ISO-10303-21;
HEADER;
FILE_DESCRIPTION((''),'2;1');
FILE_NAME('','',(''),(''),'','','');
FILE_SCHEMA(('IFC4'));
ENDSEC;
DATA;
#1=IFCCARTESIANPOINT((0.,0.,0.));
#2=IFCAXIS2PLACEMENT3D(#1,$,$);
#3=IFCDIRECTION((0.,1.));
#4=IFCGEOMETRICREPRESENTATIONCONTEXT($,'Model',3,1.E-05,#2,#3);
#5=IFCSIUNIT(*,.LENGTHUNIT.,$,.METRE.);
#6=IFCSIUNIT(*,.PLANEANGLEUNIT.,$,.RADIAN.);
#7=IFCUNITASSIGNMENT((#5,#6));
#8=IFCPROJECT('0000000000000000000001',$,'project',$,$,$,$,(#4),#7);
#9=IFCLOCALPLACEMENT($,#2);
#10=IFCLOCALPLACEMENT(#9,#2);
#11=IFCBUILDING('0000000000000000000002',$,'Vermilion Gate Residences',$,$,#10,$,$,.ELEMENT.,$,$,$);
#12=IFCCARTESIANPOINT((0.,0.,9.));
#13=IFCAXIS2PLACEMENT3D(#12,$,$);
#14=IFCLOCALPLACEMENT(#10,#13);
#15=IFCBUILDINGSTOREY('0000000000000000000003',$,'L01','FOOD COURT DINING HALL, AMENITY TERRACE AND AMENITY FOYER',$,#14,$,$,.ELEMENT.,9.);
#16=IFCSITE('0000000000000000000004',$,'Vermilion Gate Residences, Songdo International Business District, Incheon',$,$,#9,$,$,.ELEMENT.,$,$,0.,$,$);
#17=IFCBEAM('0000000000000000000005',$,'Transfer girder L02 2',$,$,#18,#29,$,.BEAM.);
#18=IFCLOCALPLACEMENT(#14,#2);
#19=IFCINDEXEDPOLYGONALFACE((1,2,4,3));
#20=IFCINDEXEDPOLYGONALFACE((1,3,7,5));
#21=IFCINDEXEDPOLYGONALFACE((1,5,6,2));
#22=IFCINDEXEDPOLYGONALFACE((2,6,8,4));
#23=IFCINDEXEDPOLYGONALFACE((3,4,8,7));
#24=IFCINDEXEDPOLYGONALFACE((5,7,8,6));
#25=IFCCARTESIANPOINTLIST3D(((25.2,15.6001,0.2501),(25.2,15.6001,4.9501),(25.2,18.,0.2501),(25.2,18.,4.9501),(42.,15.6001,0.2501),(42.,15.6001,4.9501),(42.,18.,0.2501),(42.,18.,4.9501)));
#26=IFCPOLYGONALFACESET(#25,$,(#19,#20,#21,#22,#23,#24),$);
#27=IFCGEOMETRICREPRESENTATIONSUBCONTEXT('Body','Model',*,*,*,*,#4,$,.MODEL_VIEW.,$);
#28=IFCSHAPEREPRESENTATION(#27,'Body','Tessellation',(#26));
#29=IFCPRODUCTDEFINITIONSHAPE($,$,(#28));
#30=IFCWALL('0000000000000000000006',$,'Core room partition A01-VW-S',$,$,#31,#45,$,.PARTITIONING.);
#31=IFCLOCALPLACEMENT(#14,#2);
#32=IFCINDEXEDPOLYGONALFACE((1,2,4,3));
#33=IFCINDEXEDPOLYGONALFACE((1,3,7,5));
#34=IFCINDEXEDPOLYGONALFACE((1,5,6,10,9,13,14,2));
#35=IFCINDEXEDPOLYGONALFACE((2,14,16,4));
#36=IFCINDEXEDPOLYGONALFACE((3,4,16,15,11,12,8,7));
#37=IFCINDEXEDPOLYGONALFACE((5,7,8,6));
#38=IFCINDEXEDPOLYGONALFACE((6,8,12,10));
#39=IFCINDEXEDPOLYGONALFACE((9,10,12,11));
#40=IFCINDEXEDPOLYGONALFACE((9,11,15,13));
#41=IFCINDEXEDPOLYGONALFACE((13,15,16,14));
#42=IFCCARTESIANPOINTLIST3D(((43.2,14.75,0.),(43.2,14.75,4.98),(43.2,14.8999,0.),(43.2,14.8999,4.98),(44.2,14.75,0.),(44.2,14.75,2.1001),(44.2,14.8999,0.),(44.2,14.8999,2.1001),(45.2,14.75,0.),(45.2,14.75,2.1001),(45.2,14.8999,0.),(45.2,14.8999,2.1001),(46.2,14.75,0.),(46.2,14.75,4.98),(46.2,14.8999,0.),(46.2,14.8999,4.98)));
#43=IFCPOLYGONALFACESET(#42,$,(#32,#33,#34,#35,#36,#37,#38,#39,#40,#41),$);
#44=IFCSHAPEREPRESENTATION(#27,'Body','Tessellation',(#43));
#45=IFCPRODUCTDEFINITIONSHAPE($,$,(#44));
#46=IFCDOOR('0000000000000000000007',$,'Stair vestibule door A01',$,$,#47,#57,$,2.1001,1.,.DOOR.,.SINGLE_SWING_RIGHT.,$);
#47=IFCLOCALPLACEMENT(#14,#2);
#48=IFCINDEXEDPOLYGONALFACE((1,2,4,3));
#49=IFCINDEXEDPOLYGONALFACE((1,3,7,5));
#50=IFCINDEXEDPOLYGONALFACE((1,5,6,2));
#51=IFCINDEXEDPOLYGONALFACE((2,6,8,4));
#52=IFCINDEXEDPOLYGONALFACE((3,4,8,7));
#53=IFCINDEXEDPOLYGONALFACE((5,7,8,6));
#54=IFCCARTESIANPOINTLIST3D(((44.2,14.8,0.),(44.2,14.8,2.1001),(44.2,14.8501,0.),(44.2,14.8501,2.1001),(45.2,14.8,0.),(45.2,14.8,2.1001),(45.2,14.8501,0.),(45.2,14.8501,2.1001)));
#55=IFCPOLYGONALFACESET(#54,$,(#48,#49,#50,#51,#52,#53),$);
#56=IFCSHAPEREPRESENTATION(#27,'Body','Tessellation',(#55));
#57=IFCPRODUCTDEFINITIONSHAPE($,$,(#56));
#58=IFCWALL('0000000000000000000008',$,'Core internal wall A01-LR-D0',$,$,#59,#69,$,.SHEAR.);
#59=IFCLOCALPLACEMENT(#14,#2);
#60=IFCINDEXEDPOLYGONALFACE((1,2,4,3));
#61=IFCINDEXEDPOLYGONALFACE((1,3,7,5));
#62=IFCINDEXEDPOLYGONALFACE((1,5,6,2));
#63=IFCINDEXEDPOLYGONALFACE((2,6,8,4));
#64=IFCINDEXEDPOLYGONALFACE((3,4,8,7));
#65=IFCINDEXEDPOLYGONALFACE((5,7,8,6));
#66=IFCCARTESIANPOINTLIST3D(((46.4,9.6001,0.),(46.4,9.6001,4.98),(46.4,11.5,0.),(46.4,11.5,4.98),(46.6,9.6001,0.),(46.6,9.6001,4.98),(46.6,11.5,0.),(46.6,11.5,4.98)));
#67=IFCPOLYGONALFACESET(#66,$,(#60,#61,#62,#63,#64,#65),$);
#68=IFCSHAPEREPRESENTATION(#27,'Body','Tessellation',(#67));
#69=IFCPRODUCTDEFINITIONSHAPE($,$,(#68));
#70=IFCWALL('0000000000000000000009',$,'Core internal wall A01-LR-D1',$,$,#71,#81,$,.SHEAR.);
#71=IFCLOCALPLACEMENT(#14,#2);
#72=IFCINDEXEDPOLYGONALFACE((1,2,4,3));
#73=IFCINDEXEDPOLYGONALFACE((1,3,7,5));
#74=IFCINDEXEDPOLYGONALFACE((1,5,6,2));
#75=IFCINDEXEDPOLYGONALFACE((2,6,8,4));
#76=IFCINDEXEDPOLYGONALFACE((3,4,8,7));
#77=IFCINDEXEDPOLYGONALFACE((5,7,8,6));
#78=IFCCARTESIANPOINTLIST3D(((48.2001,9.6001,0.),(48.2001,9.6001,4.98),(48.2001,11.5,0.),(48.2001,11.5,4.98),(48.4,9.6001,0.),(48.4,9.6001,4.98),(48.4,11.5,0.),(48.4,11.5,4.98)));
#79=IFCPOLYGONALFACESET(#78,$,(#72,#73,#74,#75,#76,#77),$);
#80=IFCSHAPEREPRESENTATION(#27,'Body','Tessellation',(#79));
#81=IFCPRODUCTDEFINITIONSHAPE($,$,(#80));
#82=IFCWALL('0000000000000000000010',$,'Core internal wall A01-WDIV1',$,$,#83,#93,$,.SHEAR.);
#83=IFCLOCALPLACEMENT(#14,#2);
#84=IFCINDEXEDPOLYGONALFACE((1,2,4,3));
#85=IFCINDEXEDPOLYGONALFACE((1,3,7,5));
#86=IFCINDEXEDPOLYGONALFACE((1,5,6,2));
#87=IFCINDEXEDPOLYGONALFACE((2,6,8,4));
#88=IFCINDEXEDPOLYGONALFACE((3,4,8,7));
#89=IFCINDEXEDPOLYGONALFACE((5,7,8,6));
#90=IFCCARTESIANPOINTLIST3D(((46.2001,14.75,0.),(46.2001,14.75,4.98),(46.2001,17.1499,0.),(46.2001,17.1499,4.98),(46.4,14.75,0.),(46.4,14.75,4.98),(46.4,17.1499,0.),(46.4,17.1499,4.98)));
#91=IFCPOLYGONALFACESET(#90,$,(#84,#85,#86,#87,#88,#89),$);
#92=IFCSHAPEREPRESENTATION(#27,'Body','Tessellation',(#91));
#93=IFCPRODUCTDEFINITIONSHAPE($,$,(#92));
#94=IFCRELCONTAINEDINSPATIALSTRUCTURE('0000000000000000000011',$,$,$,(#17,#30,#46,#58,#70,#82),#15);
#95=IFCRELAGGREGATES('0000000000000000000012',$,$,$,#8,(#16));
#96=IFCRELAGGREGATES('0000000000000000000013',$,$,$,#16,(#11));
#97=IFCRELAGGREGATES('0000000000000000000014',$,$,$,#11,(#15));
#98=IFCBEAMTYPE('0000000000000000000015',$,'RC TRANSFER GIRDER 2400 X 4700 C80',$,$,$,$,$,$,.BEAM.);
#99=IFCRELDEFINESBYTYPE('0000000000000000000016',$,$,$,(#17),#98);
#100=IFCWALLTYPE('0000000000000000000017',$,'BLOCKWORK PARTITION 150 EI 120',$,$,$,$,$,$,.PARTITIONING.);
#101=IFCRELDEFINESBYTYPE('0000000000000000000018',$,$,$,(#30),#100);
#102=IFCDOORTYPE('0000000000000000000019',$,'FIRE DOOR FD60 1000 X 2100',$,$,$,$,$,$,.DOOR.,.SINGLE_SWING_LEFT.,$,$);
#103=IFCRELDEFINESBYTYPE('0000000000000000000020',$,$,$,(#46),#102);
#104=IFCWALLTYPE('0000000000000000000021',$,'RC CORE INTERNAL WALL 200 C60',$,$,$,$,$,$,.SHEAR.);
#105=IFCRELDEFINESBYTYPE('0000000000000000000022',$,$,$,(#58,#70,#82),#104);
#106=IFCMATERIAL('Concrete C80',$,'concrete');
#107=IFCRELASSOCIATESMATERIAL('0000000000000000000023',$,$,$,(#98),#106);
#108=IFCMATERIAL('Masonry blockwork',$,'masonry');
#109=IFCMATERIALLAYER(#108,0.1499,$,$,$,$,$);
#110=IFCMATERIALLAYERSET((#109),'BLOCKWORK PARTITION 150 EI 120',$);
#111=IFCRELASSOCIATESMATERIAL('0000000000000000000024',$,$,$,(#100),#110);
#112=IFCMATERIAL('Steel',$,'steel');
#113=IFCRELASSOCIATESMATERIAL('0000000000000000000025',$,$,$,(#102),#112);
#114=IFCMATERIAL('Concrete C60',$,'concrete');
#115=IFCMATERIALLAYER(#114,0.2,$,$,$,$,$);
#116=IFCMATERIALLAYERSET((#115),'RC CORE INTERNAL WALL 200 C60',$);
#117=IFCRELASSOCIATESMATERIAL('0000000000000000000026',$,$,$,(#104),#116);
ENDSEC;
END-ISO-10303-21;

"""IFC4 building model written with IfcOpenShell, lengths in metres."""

from ifc_helpers import new_model, si_unit, direction, frame, frame_2d, origin, origin_2d, place, context, subcontext, project, spatial, rectangle, extrude, material, layer, layer_set, material_profile, profile_set, type_object, element, fill, save


model = new_model("IFC4")

# Units and contexts
model_context = context("Model", 3, precision=1e-05, world=origin(), true_north=direction((0.0, 1.0)))
body_context = subcontext(model_context, "Body", "Model", "MODEL_VIEW")
ifc_project = project(units=[si_unit("LENGTHUNIT", "METRE"), si_unit("PLANEANGLEUNIT", "RADIAN")], contexts=[model_context])

# Site, building, storey
site_placement = place(None, origin())
site = spatial("IfcSite", under=ifc_project, at=site_placement, Name="Vermilion Gate Residences, Songdo International Business District, Incheon", CompositionType="ELEMENT", RefElevation=0.0)
building_placement = place(site_placement, origin())
building = spatial("IfcBuilding", under=site, at=building_placement, Name="Vermilion Gate Residences", CompositionType="ELEMENT")
storey_placement = place(building_placement, frame((0.0, 0.0, 9.0)))
storey = spatial("IfcBuildingStorey", under=building, at=storey_placement, Name="L01", Description="FOOD COURT DINING HALL, AMENITY TERRACE AND AMENITY FOYER", CompositionType="ELEMENT", Elevation=9.0)

# Beam
ifc_material_1 = material(Name="Concrete C80", Category="concrete")
ifc_material_profile = material_profile(ifc_material_1, rectangle(XDim=2.3999, YDim=4.7, at=origin_2d()), Name="RC-2400x4700")
ifc_profile_set = profile_set([ifc_material_profile], Name="Concrete C80")
beam_type = type_object("IfcBeamType", Name="RC TRANSFER GIRDER 2400 X 4700 C80", PredefinedType="BEAM", material=ifc_profile_set)
beam_placement = place(storey_placement, frame((25.2, 16.8, 2.6001), z_axis=(1.0, 0.0, 0.0), x_axis=(0.0, 1.0, 0.0)))
element("IfcBeam", 1, at=beam_placement, inside=storey, type_object=beam_type, Name="Transfer girder L02 2", PredefinedType="BEAM", context=body_context, shape_type="SweptSolid", body=[
    extrude(rectangle(XDim=2.3999, YDim=4.7, at=origin_2d()), origin(), (0.0, 0.0, 1.0), 16.8),
])

# Wall, opening, door
ifc_material_2 = material(Name="Masonry blockwork", Category="masonry")
ifc_layer_1 = layer(ifc_material_2, 0.1499)
ifc_layer_set_1 = layer_set([ifc_layer_1], Name="BLOCKWORK PARTITION 150 EI 120")
wall_type_1 = type_object("IfcWallType", Name="BLOCKWORK PARTITION 150 EI 120", PredefinedType="PARTITIONING", material=ifc_layer_set_1)
wall_1_placement = place(storey_placement, frame((43.2, 14.825, 0.0), z_axis=(0.0, 0.0, 1.0), x_axis=(1.0, 0.0, 0.0)))
wall_1 = element("IfcWall", 2, at=wall_1_placement, inside=storey, type_object=wall_type_1, Name="Core room partition A01-VW-S", PredefinedType="PARTITIONING", context=body_context, shape_type="SweptSolid", body=[
    extrude(rectangle(XDim=3.0, YDim=0.1499, at=frame_2d((1.5, 0.0))), origin(), (0.0, 0.0, 1.0), 4.98),
])
opening_1_placement = place(wall_1_placement, frame((1.0, 0.0, 0.0)))
opening_1 = element("IfcOpeningElement", 3, at=opening_1_placement, cuts=wall_1, PredefinedType="OPENING", context=body_context, shape_type="SweptSolid", body=[
    extrude(rectangle(XDim=1.0, YDim=2.1001, at=frame_2d((0.5, 1.05))), frame((0.0, 0.085, 0.0), z_axis=(0.0, -1.0, 0.0), x_axis=(1.0, 0.0, 0.0)), (0.0, 0.0, 1.0), 0.1699),
])
ifc_material_3 = material(Name="Steel", Category="steel")
door_type_1 = type_object("IfcDoorType", Name="FIRE DOOR FD60 1000 X 2100", OperationType="SINGLE_SWING_LEFT", PredefinedType="DOOR", material=ifc_material_3)
door_1_placement = place(opening_1_placement, frame((1.0, 0.0, 0.0), z_axis=(0.0, 0.0, 1.0), x_axis=(-1.0, 0.0, 0.0)))
door_1 = element("IfcDoor", 4, at=door_1_placement, inside=storey, type_object=door_type_1, Name="Stair vestibule door A01", OperationType="SINGLE_SWING_RIGHT", OverallHeight=2.1001, OverallWidth=1.0, PredefinedType="DOOR", context=body_context, shape_type="SweptSolid", body=[
    extrude(rectangle(XDim=1.0, YDim=2.1001, at=frame_2d((0.5, 1.05))), frame((0.0, 0.0249, 0.0), z_axis=(0.0, -1.0, 0.0), x_axis=(1.0, 0.0, 0.0)), (0.0, 0.0, 1.0), 0.05),
])
fill(opening_1, door_1)

# Walls
ifc_material_4 = material(Name="Concrete C60", Category="concrete")
ifc_layer_2 = layer(ifc_material_4, 0.2)
ifc_layer_set_2 = layer_set([ifc_layer_2], Name="RC CORE INTERNAL WALL 200 C60")
wall_type_2 = type_object("IfcWallType", Name="RC CORE INTERNAL WALL 200 C60", PredefinedType="SHEAR", material=ifc_layer_set_2)
for number, where, z_axis, x_axis, name in (
    (5, (46.5, 9.6001, 0.0), (0.0, 0.0, 1.0), (0.0, 1.0, 0.0), "Core internal wall A01-LR-D0"),
    (6, (48.3, 9.6001, 0.0), (0.0, 0.0, 1.0), (0.0, 1.0, 0.0), "Core internal wall A01-LR-D1"),
):
    element("IfcWall", number, at=place(storey_placement, frame(where, z_axis=z_axis, x_axis=x_axis)), inside=storey, type_object=wall_type_2, Name=name, PredefinedType="SHEAR", context=body_context, shape_type="SweptSolid", body=[
        extrude(rectangle(XDim=1.8999, YDim=0.2, at=frame_2d((0.95, 0.0))), origin(), (0.0, 0.0, 1.0), 4.98),
    ])
wall_2_placement = place(storey_placement, frame((46.3, 14.75, 0.0), z_axis=(0.0, 0.0, 1.0), x_axis=(0.0, 1.0, 0.0)))
element("IfcWall", 7, at=wall_2_placement, inside=storey, type_object=wall_type_2, Name="Core internal wall A01-WDIV1", PredefinedType="SHEAR", context=body_context, shape_type="SweptSolid", body=[
    extrude(rectangle(XDim=2.3999, YDim=0.2, at=frame_2d((1.2, 0.0))), origin(), (0.0, 0.0, 1.0), 4.98),
])

save(model, "model.ifc")
